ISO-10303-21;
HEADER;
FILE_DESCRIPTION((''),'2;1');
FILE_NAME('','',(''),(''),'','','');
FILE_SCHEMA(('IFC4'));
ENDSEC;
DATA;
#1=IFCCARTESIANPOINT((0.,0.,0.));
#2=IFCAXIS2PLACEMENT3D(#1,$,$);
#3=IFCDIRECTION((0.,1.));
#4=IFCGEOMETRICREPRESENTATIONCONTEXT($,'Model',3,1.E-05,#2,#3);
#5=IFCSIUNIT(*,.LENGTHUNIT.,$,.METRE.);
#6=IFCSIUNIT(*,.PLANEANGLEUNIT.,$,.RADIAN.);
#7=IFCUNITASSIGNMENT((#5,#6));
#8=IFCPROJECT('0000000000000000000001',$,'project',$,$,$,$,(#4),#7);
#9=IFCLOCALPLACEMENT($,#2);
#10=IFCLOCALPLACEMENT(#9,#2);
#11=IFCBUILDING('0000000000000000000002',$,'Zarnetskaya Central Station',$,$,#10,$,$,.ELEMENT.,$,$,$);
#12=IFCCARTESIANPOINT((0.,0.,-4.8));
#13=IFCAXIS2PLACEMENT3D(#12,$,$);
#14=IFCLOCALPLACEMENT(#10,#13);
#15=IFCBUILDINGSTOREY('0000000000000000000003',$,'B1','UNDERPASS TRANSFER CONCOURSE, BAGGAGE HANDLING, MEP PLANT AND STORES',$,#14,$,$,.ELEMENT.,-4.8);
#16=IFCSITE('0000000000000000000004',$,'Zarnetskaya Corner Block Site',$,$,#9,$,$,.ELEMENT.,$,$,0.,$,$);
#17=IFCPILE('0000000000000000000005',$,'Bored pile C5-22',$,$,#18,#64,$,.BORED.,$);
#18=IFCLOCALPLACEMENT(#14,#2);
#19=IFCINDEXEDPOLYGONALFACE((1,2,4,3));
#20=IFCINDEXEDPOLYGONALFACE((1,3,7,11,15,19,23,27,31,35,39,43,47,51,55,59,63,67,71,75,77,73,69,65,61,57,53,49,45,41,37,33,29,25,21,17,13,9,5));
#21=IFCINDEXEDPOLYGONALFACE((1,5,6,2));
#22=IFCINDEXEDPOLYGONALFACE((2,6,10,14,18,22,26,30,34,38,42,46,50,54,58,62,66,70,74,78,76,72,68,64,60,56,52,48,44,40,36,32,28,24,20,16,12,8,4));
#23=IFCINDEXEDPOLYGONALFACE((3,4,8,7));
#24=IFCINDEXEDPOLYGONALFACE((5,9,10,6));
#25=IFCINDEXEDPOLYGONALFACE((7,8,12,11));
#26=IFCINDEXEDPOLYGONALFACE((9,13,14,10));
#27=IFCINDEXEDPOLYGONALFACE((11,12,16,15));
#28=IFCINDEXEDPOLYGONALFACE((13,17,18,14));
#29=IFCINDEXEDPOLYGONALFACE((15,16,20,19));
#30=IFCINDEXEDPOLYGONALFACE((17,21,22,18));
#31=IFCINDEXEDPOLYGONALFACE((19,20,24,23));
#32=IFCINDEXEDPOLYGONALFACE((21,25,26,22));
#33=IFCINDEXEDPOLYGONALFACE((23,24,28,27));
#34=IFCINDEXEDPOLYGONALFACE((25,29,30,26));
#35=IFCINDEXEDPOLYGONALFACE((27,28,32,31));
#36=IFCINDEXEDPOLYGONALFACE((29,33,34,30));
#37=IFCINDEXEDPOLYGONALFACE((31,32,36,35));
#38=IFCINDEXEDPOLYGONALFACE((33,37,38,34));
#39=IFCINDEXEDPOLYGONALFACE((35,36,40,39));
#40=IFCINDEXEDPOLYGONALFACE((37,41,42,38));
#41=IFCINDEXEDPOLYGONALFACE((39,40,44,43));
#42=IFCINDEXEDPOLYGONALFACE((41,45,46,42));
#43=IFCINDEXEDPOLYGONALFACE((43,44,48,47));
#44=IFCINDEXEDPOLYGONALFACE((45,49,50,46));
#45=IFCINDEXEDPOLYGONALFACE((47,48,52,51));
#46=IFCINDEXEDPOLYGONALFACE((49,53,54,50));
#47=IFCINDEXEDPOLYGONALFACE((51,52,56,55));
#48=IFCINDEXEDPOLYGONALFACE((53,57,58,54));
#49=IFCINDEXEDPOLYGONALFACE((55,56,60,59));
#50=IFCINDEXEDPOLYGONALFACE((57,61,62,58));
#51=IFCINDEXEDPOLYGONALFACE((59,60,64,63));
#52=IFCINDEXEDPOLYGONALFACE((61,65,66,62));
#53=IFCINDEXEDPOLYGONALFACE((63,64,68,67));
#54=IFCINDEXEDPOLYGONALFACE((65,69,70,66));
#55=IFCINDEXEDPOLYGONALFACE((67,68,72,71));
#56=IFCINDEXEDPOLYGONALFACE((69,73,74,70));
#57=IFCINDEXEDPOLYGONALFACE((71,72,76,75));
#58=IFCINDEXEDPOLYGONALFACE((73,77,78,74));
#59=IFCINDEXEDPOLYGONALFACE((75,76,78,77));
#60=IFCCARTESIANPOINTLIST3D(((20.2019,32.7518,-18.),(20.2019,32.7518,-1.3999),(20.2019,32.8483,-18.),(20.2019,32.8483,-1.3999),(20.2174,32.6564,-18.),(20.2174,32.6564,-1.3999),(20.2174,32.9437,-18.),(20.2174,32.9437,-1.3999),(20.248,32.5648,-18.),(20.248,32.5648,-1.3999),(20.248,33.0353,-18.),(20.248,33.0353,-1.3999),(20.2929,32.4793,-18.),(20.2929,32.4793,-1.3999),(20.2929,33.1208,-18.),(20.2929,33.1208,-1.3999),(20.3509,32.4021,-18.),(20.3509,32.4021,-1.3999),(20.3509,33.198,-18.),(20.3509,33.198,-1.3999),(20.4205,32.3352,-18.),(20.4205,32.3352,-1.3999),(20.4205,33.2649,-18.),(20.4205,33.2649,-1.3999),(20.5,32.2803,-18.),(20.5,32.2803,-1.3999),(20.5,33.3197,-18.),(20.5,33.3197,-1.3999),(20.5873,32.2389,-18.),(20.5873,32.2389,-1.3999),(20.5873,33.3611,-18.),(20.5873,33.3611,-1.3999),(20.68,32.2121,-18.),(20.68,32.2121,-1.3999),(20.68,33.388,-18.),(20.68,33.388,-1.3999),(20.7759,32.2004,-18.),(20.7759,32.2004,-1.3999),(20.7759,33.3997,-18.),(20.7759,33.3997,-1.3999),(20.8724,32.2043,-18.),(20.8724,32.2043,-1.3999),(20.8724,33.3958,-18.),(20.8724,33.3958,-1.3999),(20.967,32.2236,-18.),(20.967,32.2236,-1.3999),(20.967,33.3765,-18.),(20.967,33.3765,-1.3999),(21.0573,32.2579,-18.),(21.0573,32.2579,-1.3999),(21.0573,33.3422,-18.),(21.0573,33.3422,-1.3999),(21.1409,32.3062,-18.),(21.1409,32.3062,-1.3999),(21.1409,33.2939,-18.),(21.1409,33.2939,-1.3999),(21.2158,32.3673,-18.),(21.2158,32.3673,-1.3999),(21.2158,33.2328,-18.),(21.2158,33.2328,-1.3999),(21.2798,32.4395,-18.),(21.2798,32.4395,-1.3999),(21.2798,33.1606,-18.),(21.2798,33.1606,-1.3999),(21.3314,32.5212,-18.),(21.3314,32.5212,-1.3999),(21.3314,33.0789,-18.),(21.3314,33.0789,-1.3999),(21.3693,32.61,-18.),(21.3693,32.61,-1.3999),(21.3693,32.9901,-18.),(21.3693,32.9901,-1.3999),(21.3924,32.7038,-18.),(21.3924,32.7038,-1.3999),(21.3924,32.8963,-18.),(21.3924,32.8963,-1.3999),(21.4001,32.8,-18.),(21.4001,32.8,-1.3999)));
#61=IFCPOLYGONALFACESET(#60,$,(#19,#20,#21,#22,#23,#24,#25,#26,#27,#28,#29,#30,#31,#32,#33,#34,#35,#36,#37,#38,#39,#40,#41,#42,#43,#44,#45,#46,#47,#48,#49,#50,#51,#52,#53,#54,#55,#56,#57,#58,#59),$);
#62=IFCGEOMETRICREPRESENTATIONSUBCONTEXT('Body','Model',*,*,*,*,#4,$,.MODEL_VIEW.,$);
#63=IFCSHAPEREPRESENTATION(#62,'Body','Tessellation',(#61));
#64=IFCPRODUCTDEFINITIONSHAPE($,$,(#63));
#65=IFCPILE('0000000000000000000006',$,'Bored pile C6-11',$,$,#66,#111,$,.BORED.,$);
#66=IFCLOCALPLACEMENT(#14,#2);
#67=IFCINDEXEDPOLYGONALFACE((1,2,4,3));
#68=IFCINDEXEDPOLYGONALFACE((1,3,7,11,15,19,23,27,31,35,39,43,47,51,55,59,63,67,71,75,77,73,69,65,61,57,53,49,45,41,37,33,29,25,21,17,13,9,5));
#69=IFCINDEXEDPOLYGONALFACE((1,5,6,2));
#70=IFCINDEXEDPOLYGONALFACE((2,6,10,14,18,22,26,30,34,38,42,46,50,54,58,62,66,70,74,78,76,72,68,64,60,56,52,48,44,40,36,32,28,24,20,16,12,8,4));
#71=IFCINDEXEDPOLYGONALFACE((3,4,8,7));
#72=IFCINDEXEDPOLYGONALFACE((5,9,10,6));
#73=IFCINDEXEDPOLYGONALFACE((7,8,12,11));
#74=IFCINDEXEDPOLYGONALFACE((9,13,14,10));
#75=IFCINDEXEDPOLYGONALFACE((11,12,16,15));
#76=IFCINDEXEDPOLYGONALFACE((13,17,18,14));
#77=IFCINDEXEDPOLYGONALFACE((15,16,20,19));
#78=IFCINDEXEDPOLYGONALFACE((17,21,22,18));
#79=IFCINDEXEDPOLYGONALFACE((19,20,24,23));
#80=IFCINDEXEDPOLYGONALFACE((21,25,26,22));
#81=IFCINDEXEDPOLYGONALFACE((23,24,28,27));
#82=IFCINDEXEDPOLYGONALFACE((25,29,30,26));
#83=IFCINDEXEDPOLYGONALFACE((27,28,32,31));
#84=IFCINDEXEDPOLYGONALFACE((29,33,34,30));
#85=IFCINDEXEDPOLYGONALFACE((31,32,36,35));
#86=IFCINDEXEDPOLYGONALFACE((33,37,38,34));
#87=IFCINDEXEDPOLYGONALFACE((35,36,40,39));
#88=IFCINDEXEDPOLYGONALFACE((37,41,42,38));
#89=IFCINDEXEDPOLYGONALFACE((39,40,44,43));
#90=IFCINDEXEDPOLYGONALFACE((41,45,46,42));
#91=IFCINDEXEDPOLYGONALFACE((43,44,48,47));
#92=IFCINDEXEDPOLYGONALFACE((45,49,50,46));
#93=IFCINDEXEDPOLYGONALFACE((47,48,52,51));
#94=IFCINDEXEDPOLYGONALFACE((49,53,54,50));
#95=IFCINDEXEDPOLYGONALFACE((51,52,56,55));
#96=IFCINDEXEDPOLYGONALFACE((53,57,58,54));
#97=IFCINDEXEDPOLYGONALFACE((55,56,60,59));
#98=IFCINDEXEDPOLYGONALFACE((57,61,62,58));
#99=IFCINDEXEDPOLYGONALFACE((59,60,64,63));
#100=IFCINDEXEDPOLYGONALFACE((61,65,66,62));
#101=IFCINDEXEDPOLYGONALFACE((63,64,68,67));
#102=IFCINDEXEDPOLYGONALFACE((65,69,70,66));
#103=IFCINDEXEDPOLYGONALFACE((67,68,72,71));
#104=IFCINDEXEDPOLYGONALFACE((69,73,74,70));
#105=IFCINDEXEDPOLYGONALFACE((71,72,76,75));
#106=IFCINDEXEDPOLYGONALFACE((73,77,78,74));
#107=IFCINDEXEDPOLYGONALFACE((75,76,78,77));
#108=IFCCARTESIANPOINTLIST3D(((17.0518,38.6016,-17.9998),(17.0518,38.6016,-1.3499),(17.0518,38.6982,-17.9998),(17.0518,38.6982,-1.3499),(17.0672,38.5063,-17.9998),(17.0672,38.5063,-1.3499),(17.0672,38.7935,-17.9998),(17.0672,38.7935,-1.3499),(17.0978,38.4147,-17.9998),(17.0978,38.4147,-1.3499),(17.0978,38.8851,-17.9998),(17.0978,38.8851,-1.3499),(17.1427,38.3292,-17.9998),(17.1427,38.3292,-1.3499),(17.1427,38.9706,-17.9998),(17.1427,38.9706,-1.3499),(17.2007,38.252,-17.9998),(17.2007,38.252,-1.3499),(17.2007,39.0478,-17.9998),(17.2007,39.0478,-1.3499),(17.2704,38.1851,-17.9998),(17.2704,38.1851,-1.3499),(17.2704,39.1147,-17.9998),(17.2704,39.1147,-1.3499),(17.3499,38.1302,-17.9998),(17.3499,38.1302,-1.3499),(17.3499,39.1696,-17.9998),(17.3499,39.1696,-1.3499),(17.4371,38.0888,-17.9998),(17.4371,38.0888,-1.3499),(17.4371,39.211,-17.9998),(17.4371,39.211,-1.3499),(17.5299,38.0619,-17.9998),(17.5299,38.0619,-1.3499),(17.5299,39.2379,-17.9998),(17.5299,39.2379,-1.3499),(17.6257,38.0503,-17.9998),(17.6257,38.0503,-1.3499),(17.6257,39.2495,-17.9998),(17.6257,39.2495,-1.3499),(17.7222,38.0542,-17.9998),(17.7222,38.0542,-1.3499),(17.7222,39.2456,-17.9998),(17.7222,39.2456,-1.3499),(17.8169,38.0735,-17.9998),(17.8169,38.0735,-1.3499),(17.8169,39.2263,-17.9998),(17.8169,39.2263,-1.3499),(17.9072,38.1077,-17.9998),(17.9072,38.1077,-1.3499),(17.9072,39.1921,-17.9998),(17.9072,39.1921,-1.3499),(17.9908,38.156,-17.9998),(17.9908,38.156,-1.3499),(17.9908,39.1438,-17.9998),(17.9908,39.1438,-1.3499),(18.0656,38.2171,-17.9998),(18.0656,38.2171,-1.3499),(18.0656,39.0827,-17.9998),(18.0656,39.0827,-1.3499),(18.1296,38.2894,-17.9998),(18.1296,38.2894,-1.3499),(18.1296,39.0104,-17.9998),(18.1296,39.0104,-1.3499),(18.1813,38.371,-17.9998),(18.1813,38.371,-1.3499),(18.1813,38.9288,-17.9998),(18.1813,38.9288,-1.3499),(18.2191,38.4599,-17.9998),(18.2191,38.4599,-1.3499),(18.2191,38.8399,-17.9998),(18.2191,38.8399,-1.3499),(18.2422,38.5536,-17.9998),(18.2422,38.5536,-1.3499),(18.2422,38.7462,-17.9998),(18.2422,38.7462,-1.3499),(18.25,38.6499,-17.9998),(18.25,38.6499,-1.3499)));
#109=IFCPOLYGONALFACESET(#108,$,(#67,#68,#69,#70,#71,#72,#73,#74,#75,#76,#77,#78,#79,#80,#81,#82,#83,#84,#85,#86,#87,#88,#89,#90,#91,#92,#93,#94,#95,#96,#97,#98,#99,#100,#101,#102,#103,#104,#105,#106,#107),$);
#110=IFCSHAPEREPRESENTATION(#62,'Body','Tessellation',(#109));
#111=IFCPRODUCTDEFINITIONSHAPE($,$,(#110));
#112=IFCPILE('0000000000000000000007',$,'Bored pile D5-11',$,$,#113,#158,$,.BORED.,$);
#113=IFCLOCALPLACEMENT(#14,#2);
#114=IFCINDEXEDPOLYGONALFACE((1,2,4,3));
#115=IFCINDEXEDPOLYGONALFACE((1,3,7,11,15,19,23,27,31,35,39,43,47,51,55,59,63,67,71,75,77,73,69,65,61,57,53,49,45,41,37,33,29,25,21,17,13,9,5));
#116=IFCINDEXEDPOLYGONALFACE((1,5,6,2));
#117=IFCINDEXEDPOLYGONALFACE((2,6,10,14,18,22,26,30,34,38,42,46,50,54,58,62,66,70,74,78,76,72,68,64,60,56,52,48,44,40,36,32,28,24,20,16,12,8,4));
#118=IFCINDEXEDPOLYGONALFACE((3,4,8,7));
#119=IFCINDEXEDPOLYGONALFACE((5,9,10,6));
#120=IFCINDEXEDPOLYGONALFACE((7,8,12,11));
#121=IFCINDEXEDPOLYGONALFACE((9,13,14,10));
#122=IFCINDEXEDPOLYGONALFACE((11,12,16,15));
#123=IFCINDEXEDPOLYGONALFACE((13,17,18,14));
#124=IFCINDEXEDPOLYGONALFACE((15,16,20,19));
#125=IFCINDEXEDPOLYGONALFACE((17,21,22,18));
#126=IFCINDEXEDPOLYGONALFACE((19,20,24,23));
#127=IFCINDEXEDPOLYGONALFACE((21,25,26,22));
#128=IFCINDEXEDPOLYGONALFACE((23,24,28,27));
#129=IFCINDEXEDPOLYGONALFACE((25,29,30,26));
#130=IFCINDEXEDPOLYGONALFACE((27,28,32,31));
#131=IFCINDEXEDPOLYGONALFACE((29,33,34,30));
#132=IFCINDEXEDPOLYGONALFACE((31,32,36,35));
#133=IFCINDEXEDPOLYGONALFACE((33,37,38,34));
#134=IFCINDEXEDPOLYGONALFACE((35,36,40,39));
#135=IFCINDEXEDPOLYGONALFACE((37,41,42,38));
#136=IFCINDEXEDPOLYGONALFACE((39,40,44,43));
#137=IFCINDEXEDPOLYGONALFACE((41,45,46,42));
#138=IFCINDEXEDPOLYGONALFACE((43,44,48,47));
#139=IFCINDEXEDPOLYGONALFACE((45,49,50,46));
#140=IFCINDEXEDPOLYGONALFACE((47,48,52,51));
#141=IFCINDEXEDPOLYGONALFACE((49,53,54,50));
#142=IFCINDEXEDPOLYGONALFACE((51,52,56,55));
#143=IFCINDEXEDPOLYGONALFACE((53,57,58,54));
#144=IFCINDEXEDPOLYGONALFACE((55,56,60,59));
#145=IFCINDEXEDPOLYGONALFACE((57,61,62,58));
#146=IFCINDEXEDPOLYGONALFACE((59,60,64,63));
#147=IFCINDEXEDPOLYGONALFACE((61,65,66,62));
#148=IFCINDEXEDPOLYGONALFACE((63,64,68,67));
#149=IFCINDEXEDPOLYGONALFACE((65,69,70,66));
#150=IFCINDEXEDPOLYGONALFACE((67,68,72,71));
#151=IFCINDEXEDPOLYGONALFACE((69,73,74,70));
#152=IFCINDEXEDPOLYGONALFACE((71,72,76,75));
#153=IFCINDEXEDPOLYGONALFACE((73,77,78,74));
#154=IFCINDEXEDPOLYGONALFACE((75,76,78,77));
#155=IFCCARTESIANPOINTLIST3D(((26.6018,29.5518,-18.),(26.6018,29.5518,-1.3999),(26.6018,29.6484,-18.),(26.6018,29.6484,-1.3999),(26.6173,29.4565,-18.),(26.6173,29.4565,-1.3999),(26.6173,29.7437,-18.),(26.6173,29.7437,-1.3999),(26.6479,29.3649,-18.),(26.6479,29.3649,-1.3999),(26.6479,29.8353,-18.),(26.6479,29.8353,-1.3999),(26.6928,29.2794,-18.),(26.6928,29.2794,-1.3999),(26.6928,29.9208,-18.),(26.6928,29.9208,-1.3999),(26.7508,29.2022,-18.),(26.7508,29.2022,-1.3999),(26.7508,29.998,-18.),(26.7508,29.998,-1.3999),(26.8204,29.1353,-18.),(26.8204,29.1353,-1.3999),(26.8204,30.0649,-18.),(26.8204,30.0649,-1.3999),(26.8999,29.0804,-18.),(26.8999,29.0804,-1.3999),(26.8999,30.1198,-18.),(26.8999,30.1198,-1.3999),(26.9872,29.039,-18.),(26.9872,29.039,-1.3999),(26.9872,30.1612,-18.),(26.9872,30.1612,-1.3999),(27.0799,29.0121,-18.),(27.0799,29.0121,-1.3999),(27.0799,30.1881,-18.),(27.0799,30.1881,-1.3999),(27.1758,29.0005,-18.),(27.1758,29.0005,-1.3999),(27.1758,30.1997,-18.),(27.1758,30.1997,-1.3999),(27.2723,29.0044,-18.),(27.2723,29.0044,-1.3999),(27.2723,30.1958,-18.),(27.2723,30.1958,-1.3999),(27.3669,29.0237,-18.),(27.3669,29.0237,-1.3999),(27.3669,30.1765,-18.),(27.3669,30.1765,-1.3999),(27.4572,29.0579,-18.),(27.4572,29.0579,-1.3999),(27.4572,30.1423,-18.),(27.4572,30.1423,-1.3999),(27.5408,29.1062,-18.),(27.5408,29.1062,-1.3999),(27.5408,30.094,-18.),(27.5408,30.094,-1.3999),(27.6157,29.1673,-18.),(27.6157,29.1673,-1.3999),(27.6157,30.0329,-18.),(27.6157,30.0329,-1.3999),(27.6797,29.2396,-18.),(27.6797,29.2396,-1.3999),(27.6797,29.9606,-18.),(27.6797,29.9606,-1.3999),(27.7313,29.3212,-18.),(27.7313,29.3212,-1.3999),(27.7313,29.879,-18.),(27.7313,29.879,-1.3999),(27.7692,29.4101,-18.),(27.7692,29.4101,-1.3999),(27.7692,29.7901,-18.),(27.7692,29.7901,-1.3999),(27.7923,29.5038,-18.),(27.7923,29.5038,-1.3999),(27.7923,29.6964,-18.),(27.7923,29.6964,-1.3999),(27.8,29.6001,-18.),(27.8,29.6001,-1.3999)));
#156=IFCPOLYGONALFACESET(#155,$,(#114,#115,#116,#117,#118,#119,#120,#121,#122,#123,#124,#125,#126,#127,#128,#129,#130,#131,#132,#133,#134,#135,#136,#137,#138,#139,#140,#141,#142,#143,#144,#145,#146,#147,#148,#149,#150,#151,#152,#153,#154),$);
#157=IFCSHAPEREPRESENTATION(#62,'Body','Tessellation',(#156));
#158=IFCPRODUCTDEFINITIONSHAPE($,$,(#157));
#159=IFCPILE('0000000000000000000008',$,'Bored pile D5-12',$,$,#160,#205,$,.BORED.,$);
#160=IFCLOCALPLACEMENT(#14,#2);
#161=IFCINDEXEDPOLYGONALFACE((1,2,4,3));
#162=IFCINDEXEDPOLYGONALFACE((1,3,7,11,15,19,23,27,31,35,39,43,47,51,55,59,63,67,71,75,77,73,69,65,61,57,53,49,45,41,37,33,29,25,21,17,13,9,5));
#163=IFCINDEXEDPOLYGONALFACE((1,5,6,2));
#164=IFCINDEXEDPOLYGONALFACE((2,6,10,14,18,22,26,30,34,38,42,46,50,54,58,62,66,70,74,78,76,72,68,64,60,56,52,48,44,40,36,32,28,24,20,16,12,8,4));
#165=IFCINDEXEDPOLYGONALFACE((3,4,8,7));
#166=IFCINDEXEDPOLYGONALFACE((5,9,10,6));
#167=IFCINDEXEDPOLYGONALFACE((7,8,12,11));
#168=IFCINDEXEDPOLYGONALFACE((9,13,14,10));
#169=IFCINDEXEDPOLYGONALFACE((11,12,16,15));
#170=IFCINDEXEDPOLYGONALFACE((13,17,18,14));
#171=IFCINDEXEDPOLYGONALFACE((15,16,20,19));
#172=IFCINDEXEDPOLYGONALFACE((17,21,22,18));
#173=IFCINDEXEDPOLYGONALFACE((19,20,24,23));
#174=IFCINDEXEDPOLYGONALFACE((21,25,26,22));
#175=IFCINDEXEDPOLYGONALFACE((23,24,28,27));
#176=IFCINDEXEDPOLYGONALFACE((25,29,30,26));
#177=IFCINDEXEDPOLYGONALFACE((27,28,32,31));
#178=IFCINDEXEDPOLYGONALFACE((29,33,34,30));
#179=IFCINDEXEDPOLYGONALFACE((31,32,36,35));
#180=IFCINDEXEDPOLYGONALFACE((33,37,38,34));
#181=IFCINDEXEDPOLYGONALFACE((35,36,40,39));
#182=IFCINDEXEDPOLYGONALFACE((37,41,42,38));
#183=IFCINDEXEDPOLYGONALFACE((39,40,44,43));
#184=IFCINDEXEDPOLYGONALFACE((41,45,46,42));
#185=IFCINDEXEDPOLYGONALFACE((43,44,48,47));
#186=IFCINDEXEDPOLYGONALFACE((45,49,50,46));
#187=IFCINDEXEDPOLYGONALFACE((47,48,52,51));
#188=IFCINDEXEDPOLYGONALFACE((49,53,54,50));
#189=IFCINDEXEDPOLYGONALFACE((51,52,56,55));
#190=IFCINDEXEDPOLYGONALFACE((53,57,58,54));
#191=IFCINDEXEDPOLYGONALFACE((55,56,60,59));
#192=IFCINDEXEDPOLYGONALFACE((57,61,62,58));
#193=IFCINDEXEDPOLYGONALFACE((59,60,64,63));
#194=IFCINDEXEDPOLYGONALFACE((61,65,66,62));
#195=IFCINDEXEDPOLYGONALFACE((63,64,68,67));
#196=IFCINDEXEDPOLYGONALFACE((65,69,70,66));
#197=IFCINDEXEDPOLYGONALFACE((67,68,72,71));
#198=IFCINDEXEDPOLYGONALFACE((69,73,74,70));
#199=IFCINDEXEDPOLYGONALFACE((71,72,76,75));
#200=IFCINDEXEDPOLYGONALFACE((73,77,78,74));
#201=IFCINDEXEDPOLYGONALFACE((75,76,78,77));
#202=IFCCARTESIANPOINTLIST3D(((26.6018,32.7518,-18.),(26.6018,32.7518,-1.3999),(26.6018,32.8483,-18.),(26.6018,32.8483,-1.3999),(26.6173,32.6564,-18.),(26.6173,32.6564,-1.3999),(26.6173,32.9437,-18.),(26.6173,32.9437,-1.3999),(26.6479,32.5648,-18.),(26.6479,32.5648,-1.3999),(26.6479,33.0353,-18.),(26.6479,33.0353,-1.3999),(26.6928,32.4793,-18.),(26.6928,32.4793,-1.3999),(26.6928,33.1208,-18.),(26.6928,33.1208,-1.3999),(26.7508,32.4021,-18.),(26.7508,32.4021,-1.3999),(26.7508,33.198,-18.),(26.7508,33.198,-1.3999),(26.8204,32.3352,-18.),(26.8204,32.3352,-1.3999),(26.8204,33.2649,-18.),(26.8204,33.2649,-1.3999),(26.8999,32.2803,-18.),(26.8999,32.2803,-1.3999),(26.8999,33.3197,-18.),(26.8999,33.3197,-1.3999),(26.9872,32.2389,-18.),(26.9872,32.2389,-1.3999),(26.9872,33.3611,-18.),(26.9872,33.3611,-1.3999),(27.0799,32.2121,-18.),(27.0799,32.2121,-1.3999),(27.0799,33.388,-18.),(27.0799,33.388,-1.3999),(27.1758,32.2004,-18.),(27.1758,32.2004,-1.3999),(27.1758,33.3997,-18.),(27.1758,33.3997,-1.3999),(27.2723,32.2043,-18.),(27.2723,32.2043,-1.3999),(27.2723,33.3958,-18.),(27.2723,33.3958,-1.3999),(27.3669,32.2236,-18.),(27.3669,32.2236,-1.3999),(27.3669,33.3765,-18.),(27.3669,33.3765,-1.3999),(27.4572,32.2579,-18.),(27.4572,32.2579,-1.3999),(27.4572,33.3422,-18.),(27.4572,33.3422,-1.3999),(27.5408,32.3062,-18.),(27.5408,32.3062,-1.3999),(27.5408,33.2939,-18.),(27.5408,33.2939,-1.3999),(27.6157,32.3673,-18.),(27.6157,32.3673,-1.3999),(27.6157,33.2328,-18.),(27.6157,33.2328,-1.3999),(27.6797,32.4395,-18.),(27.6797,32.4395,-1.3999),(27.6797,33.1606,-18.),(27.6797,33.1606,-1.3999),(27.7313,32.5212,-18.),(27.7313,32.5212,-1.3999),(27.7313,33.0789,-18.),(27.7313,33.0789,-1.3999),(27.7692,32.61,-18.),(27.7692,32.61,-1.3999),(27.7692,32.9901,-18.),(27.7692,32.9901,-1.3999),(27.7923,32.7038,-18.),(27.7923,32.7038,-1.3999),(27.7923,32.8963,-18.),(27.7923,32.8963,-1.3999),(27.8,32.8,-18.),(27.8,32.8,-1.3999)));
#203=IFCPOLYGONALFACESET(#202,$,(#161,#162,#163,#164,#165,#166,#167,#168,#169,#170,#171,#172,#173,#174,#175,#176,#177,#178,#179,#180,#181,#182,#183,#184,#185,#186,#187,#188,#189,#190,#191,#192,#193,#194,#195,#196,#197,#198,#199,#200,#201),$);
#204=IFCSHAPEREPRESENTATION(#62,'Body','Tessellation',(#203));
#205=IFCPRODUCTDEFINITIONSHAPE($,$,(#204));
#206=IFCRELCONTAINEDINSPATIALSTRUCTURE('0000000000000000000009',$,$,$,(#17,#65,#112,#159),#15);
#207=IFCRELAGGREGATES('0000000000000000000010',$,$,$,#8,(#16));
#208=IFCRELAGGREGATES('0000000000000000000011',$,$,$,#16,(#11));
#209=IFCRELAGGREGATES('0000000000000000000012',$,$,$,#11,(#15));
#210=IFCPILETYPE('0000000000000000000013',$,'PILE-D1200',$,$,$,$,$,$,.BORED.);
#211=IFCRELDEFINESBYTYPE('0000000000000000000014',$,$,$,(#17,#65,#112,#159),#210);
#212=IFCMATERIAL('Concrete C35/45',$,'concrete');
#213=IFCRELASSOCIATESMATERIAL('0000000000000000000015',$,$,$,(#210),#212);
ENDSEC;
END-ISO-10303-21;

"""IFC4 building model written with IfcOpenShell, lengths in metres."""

from ifc_helpers import new_model, si_unit, direction, frame, origin, origin_2d, place, context, subcontext, project, spatial, circle, extrude, material, material_profile, profile_set, type_object, element, save


model = new_model("IFC4")

# Units and contexts
model_context = context("Model", 3, precision=1e-05, world=origin(), true_north=direction((0.0, 1.0)))
body_context = subcontext(model_context, "Body", "Model", "MODEL_VIEW")
ifc_project = project(units=[si_unit("LENGTHUNIT", "METRE"), si_unit("PLANEANGLEUNIT", "RADIAN")], contexts=[model_context])

# Site, building, storey
site_placement = place(None, origin())
site = spatial("IfcSite", under=ifc_project, at=site_placement, Name="Zarnetskaya Corner Block Site", CompositionType="ELEMENT", RefElevation=0.0)
building_placement = place(site_placement, origin())
building = spatial("IfcBuilding", under=site, at=building_placement, Name="Zarnetskaya Central Station", CompositionType="ELEMENT")
storey_placement = place(building_placement, frame((0.0, 0.0, -4.8)))
storey = spatial("IfcBuildingStorey", under=building, at=storey_placement, Name="B1", Description="UNDERPASS TRANSFER CONCOURSE, BAGGAGE HANDLING, MEP PLANT AND STORES", CompositionType="ELEMENT", Elevation=-4.8)

# Shared definitions
ifc_material = material(Name="Concrete C35/45", Category="concrete")

# Piles
ifc_material_profile_1 = material_profile(ifc_material, circle(Radius=0.6001, at=origin_2d()), Name="BORED PILE D1200")
ifc_profile_set_1 = profile_set([ifc_material_profile_1], Name="Concrete C35/45")
pile_type = type_object("IfcPileType", Name="PILE-D1200", PredefinedType="BORED", material=ifc_profile_set_1)
for number, where, z_axis, x_axis, name in (
    (1, (20.8, 32.8, -1.3999), (0.0, 0.0, -1.0), (1.0, 0.0, 0.0), "Bored pile C5-22"),
):
    element("IfcPile", number, at=place(storey_placement, frame(where, z_axis=z_axis, x_axis=x_axis)), inside=storey, type_object=pile_type, Name=name, PredefinedType="BORED", context=body_context, shape_type="SweptSolid", body=[
        extrude(circle(Radius=0.6001, at=origin_2d()), origin(), (0.0, 0.0, 1.0), 16.6001),
    ])
pile_placement = place(storey_placement, frame((17.6499, 38.6499, -1.3499), z_axis=(0.0, 0.0, -1.0), x_axis=(1.0, 0.0, 0.0)))
element("IfcPile", 2, at=pile_placement, inside=storey, type_object=pile_type, Name="Bored pile C6-11", PredefinedType="BORED", context=body_context, shape_type="SweptSolid", body=[
    extrude(circle(Radius=0.6001, at=origin_2d()), origin(), (0.0, 0.0, 1.0), 16.6499),
])
for number, where, z_axis, x_axis, name in (
    (3, (27.2, 29.6001, -1.3999), (0.0, 0.0, -1.0), (1.0, 0.0, 0.0), "Bored pile D5-11"),
    (4, (27.2, 32.8, -1.3999), (0.0, 0.0, -1.0), (1.0, 0.0, 0.0), "Bored pile D5-12"),
):
    element("IfcPile", number, at=place(storey_placement, frame(where, z_axis=z_axis, x_axis=x_axis)), inside=storey, type_object=pile_type, Name=name, PredefinedType="BORED", context=body_context, shape_type="SweptSolid", body=[
        extrude(circle(Radius=0.6001, at=origin_2d()), origin(), (0.0, 0.0, 1.0), 16.6001),
    ])

save(model, "model.ifc")
